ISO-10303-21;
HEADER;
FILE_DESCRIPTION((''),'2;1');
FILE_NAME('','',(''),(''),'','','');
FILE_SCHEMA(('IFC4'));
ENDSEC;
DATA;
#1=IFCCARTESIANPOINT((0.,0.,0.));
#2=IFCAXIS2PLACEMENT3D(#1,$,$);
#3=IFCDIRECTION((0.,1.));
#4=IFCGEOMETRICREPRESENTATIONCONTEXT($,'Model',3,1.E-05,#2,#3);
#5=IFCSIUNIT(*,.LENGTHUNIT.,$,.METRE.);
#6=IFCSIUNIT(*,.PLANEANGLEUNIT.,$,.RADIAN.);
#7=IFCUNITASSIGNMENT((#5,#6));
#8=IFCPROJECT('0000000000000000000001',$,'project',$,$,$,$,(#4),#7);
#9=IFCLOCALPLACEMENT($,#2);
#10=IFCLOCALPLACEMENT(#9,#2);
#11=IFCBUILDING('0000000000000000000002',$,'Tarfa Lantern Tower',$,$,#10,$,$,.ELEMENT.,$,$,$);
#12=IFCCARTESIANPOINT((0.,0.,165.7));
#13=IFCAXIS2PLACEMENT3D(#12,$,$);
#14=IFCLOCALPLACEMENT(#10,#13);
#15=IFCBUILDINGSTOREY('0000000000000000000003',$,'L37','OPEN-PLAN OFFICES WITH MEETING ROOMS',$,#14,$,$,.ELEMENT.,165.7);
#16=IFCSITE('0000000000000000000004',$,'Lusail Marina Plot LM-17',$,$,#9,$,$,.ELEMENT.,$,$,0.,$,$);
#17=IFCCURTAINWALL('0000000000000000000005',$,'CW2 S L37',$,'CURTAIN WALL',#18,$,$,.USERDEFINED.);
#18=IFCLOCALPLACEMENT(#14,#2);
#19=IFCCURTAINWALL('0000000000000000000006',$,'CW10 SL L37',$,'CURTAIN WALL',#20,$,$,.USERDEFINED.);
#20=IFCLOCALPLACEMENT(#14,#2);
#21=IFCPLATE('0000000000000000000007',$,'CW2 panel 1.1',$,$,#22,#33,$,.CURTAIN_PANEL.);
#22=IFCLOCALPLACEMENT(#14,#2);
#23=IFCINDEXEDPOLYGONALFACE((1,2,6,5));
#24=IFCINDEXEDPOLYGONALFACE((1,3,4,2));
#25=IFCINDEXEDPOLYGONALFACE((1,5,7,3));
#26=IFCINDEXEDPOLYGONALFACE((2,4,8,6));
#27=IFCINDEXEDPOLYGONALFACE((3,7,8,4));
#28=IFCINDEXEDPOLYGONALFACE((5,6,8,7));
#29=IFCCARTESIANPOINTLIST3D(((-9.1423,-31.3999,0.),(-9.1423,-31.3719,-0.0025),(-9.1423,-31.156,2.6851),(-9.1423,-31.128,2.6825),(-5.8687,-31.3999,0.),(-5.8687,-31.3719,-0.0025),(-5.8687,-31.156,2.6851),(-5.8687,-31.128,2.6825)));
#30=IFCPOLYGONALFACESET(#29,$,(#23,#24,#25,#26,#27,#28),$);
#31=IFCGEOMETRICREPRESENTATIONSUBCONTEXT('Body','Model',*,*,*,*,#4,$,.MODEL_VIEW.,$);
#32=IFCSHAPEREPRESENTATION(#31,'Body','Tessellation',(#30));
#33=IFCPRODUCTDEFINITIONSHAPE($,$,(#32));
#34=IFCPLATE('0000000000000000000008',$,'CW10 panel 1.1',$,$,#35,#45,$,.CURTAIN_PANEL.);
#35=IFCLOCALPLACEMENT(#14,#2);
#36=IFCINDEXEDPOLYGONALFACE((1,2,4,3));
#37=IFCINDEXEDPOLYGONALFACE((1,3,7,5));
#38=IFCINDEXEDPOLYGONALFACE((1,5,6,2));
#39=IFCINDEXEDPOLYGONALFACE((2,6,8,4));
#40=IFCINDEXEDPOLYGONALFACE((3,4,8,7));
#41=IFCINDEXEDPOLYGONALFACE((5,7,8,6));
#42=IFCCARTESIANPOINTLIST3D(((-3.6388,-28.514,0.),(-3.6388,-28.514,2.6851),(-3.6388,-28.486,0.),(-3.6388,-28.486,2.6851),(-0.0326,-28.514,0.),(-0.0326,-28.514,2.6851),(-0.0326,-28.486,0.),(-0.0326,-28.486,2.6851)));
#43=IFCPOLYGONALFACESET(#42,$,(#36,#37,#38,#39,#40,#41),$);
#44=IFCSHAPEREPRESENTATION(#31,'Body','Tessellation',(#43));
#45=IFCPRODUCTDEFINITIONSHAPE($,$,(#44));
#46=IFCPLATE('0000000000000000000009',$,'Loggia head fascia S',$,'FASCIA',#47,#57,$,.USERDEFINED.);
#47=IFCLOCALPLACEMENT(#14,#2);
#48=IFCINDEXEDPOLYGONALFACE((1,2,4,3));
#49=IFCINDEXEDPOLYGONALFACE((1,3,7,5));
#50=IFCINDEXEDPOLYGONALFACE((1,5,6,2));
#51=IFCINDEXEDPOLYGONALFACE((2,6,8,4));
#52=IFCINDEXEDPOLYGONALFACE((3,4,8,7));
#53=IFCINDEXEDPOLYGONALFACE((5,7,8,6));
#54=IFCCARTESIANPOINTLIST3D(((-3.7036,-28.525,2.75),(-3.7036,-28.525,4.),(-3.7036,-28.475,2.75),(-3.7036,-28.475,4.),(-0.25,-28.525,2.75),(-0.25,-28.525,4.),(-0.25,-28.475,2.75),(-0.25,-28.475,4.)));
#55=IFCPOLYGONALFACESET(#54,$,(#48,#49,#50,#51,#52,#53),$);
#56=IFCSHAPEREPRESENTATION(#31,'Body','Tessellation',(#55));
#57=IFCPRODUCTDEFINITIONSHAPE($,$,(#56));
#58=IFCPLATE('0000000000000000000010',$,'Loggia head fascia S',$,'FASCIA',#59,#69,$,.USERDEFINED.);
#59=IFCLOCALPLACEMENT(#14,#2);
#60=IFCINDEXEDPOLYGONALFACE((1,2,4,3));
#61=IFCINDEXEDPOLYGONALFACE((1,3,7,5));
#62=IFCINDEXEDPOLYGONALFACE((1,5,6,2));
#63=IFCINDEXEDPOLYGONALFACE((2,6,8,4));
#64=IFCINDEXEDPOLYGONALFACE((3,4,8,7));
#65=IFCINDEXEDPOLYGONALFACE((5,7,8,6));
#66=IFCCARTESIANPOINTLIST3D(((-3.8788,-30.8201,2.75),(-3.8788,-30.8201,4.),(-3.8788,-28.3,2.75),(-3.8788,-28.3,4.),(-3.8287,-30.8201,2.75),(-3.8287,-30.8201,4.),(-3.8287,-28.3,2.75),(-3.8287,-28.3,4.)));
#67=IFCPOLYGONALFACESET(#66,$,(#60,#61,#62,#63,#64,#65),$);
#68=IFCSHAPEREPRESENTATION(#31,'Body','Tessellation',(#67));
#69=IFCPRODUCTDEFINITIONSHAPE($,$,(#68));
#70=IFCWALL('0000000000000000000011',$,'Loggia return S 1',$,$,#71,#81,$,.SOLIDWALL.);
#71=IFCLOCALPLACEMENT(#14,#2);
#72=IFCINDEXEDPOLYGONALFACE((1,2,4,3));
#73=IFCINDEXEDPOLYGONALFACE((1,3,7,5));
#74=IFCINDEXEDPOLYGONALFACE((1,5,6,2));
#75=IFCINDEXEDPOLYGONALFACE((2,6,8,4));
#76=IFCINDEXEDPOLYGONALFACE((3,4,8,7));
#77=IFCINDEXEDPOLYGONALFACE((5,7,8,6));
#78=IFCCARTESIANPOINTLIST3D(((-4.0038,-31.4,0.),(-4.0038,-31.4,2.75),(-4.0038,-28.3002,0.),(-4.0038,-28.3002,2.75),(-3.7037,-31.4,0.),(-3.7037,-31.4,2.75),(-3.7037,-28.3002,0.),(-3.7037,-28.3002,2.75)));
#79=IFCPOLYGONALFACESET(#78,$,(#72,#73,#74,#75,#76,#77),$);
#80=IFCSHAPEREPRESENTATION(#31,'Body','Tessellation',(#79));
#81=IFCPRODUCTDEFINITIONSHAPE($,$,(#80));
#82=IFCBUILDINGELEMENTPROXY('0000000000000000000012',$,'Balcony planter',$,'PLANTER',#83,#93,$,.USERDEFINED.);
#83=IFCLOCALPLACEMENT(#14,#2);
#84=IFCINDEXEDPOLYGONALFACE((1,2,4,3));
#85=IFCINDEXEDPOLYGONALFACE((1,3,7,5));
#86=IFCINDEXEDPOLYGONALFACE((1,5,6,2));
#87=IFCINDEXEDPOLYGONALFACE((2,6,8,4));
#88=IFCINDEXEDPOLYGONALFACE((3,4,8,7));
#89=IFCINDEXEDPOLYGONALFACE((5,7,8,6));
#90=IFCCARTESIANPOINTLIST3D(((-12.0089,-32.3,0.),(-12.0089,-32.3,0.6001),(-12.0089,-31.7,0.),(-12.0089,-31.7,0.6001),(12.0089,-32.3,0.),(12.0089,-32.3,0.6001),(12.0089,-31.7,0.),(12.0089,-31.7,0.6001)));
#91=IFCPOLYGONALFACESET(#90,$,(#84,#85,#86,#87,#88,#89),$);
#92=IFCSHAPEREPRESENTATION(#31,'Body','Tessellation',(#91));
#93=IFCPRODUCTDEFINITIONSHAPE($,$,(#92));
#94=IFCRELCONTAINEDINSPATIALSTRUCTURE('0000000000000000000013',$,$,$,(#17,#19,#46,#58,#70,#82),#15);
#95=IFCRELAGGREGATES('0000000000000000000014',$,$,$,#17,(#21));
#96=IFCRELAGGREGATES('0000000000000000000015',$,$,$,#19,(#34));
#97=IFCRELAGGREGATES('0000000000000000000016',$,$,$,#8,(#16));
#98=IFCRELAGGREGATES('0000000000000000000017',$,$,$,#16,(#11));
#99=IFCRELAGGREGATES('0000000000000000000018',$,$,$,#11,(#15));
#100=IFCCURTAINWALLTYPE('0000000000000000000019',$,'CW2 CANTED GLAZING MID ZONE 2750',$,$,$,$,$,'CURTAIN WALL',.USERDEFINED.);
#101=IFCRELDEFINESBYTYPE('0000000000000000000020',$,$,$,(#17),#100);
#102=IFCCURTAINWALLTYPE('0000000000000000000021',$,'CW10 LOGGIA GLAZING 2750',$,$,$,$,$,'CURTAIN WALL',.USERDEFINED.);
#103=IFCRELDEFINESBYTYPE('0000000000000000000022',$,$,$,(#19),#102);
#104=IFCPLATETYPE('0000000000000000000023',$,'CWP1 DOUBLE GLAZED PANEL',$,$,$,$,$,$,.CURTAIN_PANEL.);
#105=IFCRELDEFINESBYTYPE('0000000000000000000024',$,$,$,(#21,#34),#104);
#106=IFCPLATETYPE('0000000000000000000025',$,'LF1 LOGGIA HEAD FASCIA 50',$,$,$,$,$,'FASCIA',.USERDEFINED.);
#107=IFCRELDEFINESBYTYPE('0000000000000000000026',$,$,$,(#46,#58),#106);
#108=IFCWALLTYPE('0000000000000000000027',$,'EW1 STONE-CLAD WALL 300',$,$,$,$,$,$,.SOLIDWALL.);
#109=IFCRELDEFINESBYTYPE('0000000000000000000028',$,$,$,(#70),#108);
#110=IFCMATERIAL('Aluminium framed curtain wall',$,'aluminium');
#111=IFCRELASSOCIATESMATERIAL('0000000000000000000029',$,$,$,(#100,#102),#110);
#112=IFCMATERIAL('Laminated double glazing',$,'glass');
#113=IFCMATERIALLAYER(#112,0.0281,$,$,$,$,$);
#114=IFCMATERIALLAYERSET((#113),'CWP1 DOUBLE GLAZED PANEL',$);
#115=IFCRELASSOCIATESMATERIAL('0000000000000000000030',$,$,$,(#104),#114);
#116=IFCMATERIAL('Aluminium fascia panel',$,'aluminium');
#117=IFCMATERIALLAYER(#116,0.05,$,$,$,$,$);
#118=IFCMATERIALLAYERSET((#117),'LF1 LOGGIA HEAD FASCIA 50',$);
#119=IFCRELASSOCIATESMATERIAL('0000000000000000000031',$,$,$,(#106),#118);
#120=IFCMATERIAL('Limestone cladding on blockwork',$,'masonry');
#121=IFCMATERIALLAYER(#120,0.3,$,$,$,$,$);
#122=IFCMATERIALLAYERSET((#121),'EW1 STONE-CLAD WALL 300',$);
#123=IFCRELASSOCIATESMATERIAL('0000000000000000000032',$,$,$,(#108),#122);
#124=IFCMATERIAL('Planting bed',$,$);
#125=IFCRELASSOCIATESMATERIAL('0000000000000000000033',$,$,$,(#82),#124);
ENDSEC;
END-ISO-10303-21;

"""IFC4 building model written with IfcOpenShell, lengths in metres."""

from ifc_helpers import new_model, si_unit, direction, frame, frame_2d, origin, origin_2d, place, context, subcontext, project, spatial, polyline, rectangle, outline, extrude, material, layer, layer_set, type_object, element, aggregate, save


model = new_model("IFC4")

# Units and contexts
model_context = context("Model", 3, precision=1e-05, world=origin(), true_north=direction((0.0, 1.0)))
body_context = subcontext(model_context, "Body", "Model", "MODEL_VIEW")
ifc_project = project(units=[si_unit("LENGTHUNIT", "METRE"), si_unit("PLANEANGLEUNIT", "RADIAN")], contexts=[model_context])

# Site, building, storey
site_placement = place(None, origin())
site = spatial("IfcSite", under=ifc_project, at=site_placement, Name="Lusail Marina Plot LM-17", CompositionType="ELEMENT", RefElevation=0.0)
building_placement = place(site_placement, origin())
building = spatial("IfcBuilding", under=site, at=building_placement, Name="Tarfa Lantern Tower", CompositionType="ELEMENT")
storey_placement = place(building_placement, frame((0.0, 0.0, 165.7)))
storey = spatial("IfcBuildingStorey", under=building, at=storey_placement, Name="L37", Description="OPEN-PLAN OFFICES WITH MEETING ROOMS", CompositionType="ELEMENT", Elevation=165.7)

# Shared definitions
ifc_material_1 = material(Name="Aluminium framed curtain wall", Category="aluminium")
curtain_wall_type_1 = type_object("IfcCurtainWallType", Name="CW2 CANTED GLAZING MID ZONE 2750", ElementType="CURTAIN WALL", PredefinedType="USERDEFINED", material=ifc_material_1)

# Curtain walls
curtain_wall_1_placement = place(storey_placement, origin())
curtain_wall_1 = element("IfcCurtainWall", 1, at=curtain_wall_1_placement, inside=storey, type_object=curtain_wall_type_1, Name="CW2 S L37", ObjectType="CURTAIN WALL", PredefinedType="USERDEFINED")
curtain_wall_type_2 = type_object("IfcCurtainWallType", Name="CW10 LOGGIA GLAZING 2750", ElementType="CURTAIN WALL", PredefinedType="USERDEFINED", material=ifc_material_1)
curtain_wall_2_placement = place(storey_placement, origin())
curtain_wall_2 = element("IfcCurtainWall", 2, at=curtain_wall_2_placement, inside=storey, type_object=curtain_wall_type_2, Name="CW10 SL L37", ObjectType="CURTAIN WALL", PredefinedType="USERDEFINED")

# Plates
ifc_material_2 = material(Name="Laminated double glazing", Category="glass")
ifc_layer_1 = layer(ifc_material_2, 0.0281)
ifc_layer_set_1 = layer_set([ifc_layer_1], Name="CWP1 DOUBLE GLAZED PANEL")
plate_type_1 = type_object("IfcPlateType", Name="CWP1 DOUBLE GLAZED PANEL", PredefinedType="CURTAIN_PANEL", material=ifc_layer_set_1)
plate_1_placement = place(storey_placement, frame((-9.1423, -31.3999, 0.0), z_axis=(0.0, -0.9959, 0.090462), x_axis=(1.0, 0.0, 0.0)))
plate_1 = element("IfcPlate", 3, at=plate_1_placement, type_object=plate_type_1, Name="CW2 panel 1.1", PredefinedType="CURTAIN_PANEL", context=body_context, shape_type="SweptSolid", body=[
    extrude(outline(polyline([(0.0, 0.0), (3.2737, 0.0), (3.2737, 2.6961), (0.0, 2.6961), (0.0, 0.0)])), origin(), (0.0, 0.0, -1.0), 0.0281),
])
aggregate(curtain_wall_1, [plate_1])
plate_2_placement = place(storey_placement, frame((-1.8357, -28.5, 0.0), z_axis=(0.0, 0.0, 1.0), x_axis=(1.0, 0.0, 0.0)))
plate_2 = element("IfcPlate", 4, at=plate_2_placement, type_object=plate_type_1, Name="CW10 panel 1.1", PredefinedType="CURTAIN_PANEL", context=body_context, shape_type="SweptSolid", body=[
    extrude(rectangle(XDim=3.6062, YDim=0.0281, at=origin_2d()), origin(), (0.0, 0.0, 1.0), 2.6851),
])
aggregate(curtain_wall_2, [plate_2])

# Plates
ifc_material_3 = material(Name="Aluminium fascia panel", Category="aluminium")
ifc_layer_2 = layer(ifc_material_3, 0.05)
ifc_layer_set_2 = layer_set([ifc_layer_2], Name="LF1 LOGGIA HEAD FASCIA 50")
plate_type_2 = type_object("IfcPlateType", Name="LF1 LOGGIA HEAD FASCIA 50", ElementType="FASCIA", PredefinedType="USERDEFINED", material=ifc_layer_set_2)
plate_3_placement = place(storey_placement, frame((-1.9768, -28.5, 2.75), z_axis=(0.0, 0.0, 1.0), x_axis=(1.0, 0.0, 0.0)))
element("IfcPlate", 5, at=plate_3_placement, inside=storey, type_object=plate_type_2, Name="Loggia head fascia S", ObjectType="FASCIA", PredefinedType="USERDEFINED", context=body_context, shape_type="SweptSolid", body=[
    extrude(rectangle(XDim=3.4536, YDim=0.05, at=origin_2d()), origin(), (0.0, 0.0, 1.0), 1.25),
])
plate_4_placement = place(storey_placement, frame((-3.8538, -29.5601, 2.75), z_axis=(0.0, 0.0, 1.0), x_axis=(0.0, 1.0, 0.0)))
element("IfcPlate", 6, at=plate_4_placement, inside=storey, type_object=plate_type_2, Name="Loggia head fascia S", ObjectType="FASCIA", PredefinedType="USERDEFINED", context=body_context, shape_type="SweptSolid", body=[
    extrude(rectangle(XDim=2.52, YDim=0.05, at=origin_2d()), origin(), (0.0, 0.0, 1.0), 1.25),
])

# Wall
ifc_material_4 = material(Name="Limestone cladding on blockwork", Category="masonry")
ifc_layer_3 = layer(ifc_material_4, 0.3)
ifc_layer_set_3 = layer_set([ifc_layer_3], Name="EW1 STONE-CLAD WALL 300")
wall_type = type_object("IfcWallType", Name="EW1 STONE-CLAD WALL 300", PredefinedType="SOLIDWALL", material=ifc_layer_set_3)
wall_placement = place(storey_placement, frame((-3.8538, -31.3999, 0.0), z_axis=(0.0, 0.0, 1.0), x_axis=(0.0, 1.0, 0.0)))
element("IfcWall", 7, at=wall_placement, inside=storey, type_object=wall_type, Name="Loggia return S 1", PredefinedType="SOLIDWALL", context=body_context, shape_type="SweptSolid", body=[
    extrude(rectangle(XDim=3.0999, YDim=0.3, at=frame_2d((1.5498, 0.0))), origin(), (0.0, 0.0, 1.0), 2.75),
])

# Building element proxy
ifc_material_5 = material(Name="Planting bed")
proxy_placement = place(storey_placement, frame((0.0, -32.0, 0.0), z_axis=(0.0, 0.0, 1.0), x_axis=(1.0, 0.0, 0.0)))
element("IfcBuildingElementProxy", 8, at=proxy_placement, inside=storey, material=ifc_material_5, Name="Balcony planter", ObjectType="PLANTER", PredefinedType="USERDEFINED", context=body_context, shape_type="SweptSolid", body=[
    extrude(rectangle(XDim=24.0178, YDim=0.6001, at=origin_2d()), origin(), (0.0, 0.0, 1.0), 0.6001),
])

save(model, "model.ifc")
